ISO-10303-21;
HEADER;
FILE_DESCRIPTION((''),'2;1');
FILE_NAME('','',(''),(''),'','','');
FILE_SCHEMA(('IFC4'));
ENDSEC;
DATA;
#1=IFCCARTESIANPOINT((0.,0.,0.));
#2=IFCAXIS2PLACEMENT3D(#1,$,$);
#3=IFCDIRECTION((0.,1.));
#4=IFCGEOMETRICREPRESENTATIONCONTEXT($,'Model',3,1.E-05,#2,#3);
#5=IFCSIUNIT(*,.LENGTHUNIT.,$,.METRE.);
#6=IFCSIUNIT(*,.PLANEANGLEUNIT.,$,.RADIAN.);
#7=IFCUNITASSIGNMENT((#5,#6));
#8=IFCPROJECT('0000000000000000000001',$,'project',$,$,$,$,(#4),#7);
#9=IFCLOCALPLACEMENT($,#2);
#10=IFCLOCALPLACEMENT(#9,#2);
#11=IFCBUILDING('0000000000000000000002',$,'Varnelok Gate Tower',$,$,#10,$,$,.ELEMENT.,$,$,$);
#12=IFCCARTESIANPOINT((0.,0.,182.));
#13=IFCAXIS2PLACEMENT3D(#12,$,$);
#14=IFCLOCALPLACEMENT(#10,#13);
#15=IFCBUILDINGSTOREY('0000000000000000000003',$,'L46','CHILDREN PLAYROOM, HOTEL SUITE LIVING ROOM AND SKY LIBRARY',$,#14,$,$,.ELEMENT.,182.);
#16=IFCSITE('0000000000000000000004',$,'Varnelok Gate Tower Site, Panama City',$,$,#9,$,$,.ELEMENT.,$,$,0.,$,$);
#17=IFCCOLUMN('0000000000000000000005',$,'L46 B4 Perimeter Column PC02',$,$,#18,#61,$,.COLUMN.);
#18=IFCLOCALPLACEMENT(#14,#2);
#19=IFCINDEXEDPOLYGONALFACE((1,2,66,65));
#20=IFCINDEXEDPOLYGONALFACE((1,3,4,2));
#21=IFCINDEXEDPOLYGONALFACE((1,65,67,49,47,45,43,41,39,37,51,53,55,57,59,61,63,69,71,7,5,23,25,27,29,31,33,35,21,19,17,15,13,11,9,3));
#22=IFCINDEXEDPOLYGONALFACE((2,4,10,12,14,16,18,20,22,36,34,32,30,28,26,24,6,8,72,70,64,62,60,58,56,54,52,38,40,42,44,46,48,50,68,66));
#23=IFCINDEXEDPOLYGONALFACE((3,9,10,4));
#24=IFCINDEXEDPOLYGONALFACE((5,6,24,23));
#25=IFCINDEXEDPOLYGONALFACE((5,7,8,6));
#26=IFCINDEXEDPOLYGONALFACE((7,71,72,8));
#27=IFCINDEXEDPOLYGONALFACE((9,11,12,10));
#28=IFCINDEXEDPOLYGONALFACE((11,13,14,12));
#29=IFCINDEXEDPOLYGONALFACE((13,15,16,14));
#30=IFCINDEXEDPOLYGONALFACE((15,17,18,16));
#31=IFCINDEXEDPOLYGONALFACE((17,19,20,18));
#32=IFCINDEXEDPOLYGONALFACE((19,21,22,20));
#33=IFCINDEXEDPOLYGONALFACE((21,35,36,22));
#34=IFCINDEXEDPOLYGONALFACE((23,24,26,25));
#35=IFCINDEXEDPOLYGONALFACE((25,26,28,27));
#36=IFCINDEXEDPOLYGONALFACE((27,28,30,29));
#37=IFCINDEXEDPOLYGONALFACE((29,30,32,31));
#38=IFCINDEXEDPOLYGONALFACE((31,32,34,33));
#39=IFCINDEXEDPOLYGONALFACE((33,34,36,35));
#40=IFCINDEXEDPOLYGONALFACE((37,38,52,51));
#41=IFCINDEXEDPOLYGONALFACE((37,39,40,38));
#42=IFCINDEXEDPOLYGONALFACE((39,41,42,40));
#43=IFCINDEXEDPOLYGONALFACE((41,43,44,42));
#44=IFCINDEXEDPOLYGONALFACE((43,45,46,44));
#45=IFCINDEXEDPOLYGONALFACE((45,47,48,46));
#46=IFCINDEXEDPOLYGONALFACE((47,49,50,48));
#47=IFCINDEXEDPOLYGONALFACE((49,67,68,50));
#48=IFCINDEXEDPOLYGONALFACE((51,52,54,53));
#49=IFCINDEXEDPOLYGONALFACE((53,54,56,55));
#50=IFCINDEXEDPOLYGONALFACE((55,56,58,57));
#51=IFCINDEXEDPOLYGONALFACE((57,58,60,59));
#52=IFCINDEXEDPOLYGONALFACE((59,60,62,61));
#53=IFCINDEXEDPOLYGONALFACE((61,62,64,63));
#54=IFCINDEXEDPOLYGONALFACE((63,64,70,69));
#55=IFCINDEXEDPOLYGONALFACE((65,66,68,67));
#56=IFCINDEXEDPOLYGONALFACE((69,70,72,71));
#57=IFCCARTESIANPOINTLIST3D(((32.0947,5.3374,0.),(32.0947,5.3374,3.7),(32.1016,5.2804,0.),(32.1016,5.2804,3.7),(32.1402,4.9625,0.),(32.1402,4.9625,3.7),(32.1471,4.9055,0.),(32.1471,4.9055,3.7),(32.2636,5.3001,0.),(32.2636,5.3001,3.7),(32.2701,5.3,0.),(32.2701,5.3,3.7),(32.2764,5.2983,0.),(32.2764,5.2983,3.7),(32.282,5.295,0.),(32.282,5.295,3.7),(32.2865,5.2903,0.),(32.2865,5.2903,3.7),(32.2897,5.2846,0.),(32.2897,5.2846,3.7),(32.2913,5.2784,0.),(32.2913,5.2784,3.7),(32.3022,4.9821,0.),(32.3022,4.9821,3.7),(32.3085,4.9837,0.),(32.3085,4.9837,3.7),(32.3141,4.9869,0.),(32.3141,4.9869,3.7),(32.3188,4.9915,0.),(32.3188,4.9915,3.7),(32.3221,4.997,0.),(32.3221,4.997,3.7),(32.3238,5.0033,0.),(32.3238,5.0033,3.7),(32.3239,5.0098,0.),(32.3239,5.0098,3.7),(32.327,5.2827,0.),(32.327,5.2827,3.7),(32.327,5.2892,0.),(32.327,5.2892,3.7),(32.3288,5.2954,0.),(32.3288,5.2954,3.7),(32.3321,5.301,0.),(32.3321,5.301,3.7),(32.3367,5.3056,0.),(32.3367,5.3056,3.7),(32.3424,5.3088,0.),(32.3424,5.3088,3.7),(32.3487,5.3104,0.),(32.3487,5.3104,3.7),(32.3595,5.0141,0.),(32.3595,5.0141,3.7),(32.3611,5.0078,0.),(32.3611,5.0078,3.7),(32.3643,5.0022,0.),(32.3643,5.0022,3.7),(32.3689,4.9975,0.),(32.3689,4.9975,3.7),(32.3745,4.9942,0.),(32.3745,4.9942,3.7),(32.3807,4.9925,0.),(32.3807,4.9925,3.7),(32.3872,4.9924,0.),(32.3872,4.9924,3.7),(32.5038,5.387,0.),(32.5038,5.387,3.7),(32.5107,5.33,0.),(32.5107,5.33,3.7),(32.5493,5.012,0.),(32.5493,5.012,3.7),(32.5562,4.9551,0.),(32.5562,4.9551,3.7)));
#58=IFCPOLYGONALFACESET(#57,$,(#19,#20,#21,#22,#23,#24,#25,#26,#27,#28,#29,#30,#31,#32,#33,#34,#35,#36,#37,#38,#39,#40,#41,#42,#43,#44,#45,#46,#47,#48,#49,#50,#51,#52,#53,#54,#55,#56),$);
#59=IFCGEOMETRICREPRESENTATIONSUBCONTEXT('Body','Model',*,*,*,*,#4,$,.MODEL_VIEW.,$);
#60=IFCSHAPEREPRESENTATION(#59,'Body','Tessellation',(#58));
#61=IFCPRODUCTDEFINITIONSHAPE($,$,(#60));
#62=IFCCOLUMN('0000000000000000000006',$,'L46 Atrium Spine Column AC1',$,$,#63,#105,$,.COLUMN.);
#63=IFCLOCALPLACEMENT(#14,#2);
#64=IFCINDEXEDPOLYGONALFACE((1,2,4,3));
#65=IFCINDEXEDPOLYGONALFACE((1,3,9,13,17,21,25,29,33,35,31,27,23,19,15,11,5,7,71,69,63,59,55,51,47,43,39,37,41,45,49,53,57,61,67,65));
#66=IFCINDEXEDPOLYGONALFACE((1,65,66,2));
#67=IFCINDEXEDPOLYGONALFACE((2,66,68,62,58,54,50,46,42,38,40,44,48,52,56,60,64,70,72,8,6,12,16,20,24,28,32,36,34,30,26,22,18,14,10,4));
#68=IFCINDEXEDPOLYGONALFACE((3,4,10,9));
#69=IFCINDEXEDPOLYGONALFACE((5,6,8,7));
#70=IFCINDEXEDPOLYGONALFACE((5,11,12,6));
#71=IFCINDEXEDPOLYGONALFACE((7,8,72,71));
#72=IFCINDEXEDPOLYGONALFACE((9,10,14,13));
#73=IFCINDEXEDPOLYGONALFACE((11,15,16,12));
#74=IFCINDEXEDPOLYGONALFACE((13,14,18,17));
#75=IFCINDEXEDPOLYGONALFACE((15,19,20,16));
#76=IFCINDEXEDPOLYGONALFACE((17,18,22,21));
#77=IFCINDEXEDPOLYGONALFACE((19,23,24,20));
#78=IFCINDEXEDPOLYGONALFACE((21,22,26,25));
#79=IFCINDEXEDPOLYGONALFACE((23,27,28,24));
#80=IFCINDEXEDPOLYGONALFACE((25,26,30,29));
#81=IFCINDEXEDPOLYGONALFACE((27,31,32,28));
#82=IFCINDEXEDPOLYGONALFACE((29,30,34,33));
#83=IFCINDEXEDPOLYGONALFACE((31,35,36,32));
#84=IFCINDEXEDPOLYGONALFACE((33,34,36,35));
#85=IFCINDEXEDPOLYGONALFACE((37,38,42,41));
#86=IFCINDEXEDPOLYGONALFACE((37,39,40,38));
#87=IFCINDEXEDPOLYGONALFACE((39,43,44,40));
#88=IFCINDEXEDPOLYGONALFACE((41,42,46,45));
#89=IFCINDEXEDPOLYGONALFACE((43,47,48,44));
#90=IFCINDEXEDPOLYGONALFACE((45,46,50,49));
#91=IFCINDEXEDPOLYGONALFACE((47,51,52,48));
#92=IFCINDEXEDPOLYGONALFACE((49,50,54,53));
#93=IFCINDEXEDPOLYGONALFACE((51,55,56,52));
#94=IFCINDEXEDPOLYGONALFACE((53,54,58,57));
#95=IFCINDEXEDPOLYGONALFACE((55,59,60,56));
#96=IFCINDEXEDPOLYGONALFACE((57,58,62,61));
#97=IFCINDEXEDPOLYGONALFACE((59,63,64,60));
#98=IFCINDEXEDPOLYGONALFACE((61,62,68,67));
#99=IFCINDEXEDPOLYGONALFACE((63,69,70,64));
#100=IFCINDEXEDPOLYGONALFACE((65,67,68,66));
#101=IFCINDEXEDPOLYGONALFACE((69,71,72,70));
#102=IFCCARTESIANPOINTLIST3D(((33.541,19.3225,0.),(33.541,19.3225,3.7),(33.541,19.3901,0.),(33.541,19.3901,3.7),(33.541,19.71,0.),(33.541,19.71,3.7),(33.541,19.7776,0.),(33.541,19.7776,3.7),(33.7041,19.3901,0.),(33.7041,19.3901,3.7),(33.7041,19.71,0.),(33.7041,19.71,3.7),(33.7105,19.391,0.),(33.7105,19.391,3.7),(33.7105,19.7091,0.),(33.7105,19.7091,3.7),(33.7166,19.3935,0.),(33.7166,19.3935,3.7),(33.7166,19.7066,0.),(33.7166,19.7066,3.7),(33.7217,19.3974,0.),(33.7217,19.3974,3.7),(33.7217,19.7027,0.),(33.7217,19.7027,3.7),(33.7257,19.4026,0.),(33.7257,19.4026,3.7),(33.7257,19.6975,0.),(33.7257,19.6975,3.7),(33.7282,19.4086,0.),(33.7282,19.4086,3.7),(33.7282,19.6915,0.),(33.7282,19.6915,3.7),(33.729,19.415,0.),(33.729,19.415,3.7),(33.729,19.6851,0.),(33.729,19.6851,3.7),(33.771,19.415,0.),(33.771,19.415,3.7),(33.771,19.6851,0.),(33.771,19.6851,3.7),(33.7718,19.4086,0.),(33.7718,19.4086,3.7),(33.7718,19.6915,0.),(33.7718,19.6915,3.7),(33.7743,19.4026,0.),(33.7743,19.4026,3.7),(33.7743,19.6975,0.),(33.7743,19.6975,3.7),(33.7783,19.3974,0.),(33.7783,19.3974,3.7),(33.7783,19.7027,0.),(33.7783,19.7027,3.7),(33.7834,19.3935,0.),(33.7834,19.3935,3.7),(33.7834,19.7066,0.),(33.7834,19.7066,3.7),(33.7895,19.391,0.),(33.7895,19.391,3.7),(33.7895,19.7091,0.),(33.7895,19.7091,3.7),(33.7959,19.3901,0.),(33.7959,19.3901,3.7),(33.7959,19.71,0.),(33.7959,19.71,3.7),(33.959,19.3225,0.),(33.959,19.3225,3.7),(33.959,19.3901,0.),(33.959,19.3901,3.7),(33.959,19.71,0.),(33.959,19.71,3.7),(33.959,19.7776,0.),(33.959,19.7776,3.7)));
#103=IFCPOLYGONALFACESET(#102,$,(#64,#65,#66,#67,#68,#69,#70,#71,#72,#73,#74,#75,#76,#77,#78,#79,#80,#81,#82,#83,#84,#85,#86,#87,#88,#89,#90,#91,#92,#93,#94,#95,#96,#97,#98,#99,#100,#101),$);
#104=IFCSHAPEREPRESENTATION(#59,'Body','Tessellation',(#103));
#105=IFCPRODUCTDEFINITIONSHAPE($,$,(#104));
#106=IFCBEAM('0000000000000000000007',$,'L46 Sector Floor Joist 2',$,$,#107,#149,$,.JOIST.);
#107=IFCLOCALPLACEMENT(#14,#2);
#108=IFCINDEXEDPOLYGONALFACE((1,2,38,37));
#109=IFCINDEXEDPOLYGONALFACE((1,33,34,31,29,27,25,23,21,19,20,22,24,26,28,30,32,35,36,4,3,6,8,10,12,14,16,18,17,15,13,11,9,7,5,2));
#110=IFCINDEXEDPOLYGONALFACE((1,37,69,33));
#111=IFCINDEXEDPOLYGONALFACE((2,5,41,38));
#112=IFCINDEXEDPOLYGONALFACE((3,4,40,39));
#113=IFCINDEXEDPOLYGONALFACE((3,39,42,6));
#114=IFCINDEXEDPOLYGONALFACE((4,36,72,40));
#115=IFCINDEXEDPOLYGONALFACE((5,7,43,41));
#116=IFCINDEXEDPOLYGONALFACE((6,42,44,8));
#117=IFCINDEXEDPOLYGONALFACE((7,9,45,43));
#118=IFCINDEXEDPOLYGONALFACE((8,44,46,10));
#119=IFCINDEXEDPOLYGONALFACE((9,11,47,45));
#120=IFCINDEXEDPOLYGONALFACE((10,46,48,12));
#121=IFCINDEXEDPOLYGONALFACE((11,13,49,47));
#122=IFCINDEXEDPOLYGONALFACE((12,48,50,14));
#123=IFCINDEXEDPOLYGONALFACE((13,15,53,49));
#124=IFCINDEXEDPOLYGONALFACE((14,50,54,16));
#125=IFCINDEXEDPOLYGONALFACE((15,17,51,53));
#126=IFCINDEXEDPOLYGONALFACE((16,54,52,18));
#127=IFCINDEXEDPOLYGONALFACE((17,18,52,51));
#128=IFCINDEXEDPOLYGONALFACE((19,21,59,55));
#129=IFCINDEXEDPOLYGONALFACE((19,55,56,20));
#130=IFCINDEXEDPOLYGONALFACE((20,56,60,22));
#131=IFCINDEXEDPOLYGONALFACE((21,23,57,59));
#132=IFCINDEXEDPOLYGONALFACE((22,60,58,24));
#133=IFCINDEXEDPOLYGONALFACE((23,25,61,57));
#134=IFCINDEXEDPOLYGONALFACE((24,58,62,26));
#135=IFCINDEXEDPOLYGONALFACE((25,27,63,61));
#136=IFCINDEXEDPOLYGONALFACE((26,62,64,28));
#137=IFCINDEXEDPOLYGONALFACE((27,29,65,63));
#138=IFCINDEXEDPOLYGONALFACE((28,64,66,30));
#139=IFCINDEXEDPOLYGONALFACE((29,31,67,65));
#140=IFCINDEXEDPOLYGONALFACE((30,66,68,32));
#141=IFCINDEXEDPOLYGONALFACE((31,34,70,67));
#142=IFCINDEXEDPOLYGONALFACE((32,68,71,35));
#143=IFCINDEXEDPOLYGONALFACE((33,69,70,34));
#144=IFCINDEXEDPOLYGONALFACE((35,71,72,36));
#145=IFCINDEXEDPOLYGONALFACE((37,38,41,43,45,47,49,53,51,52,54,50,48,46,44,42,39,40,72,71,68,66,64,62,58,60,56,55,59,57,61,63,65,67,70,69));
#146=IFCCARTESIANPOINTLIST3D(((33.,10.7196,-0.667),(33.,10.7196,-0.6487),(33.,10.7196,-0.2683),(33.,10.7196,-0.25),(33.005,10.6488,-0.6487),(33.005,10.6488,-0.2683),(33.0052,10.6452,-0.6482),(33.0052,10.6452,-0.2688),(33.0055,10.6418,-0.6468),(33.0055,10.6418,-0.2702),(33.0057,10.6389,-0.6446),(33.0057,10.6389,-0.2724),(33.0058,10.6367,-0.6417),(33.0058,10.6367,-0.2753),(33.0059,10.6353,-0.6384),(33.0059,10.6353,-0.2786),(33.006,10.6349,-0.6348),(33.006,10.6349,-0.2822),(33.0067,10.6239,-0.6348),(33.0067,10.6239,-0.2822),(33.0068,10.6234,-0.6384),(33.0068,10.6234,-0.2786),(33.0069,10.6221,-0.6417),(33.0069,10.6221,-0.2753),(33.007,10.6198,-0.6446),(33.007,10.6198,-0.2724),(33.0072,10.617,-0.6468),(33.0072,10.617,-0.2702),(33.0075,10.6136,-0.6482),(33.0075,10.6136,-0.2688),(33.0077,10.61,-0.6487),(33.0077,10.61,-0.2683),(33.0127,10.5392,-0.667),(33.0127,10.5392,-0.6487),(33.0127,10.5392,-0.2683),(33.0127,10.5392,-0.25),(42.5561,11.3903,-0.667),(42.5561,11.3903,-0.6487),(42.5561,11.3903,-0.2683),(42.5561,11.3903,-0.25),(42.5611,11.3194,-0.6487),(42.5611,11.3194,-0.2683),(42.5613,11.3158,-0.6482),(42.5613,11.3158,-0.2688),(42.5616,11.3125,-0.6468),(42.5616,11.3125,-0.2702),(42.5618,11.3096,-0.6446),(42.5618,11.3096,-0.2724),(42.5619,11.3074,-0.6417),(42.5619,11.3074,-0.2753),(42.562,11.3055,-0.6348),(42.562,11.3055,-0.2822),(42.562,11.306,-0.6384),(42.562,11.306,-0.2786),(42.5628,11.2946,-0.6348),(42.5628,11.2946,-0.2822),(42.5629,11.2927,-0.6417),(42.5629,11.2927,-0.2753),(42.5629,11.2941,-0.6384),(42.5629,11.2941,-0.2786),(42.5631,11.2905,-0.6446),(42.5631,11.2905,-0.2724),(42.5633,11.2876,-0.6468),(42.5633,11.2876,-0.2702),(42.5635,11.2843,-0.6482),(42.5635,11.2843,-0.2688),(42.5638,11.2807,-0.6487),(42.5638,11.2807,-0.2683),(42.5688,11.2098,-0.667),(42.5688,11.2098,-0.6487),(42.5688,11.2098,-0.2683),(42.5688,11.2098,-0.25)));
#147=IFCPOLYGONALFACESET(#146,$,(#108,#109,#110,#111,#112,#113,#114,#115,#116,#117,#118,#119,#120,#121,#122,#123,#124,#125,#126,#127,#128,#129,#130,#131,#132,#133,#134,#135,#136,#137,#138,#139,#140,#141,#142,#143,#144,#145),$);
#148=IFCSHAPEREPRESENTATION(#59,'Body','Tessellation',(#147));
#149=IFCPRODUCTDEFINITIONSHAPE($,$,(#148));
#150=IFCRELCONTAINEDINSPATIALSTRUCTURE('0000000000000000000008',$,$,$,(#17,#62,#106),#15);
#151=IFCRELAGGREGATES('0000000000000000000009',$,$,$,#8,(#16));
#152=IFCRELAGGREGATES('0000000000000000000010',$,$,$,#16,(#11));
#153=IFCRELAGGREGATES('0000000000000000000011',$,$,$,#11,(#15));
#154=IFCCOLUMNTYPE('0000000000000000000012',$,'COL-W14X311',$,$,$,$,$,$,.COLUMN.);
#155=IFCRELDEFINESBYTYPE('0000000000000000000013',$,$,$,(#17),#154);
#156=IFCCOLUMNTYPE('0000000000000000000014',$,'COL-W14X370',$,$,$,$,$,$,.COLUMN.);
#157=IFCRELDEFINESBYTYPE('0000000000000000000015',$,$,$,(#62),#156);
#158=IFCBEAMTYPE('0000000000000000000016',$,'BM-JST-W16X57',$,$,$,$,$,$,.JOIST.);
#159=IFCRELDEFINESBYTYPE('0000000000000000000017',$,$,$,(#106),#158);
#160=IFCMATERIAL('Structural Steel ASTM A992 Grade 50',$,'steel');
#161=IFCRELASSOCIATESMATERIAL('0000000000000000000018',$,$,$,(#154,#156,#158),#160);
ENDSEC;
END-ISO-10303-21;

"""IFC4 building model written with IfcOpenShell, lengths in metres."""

from ifc_helpers import new_model, si_unit, direction, frame, origin, origin_2d, place, context, subcontext, project, spatial, i_section, extrude, material, material_profile, profile_set, type_object, element, save


model = new_model("IFC4")

# Units and contexts
model_context = context("Model", 3, precision=1e-05, world=origin(), true_north=direction((0.0, 1.0)))
body_context = subcontext(model_context, "Body", "Model", "MODEL_VIEW")
ifc_project = project(units=[si_unit("LENGTHUNIT", "METRE"), si_unit("PLANEANGLEUNIT", "RADIAN")], contexts=[model_context])

# Site, building, storey
site_placement = place(None, origin())
site = spatial("IfcSite", under=ifc_project, at=site_placement, Name="Varnelok Gate Tower Site, Panama City", CompositionType="ELEMENT", RefElevation=0.0)
building_placement = place(site_placement, origin())
building = spatial("IfcBuilding", under=site, at=building_placement, Name="Varnelok Gate Tower", CompositionType="ELEMENT")
storey_placement = place(building_placement, frame((0.0, 0.0, 182.0)))
storey = spatial("IfcBuildingStorey", under=building, at=storey_placement, Name="L46", Description="CHILDREN PLAYROOM, HOTEL SUITE LIVING ROOM AND SKY LIBRARY", CompositionType="ELEMENT", Elevation=182.0)

# Columns
ifc_material_1 = material(Name="Structural Steel ASTM A992 Grade 50", Category="steel")
ifc_material_profile_1 = material_profile(ifc_material_1, i_section(OverallWidth=0.4121, OverallDepth=0.4351, WebThickness=0.0359, FlangeThickness=0.0574, FilletRadius=0.0249, at=origin_2d()), Name="W14X311")
ifc_profile_set_1 = profile_set([ifc_material_profile_1], Name="Structural Steel ASTM A992 Grade 50")
column_type_1 = type_object("IfcColumnType", Name="COL-W14X311", PredefinedType="COLUMN", material=ifc_profile_set_1)
column_1_placement = place(storey_placement, frame((32.3254, 5.1462, 0.0), z_axis=(0.0, 0.0, 1.0), x_axis=(0.992732, 0.120345, 0.0)))
element("IfcColumn", 1, at=column_1_placement, inside=storey, type_object=column_type_1, Name="L46 B4 Perimeter Column PC02", PredefinedType="COLUMN", context=body_context, shape_type="SweptSolid", body=[
    extrude(i_section(OverallWidth=0.4121, OverallDepth=0.4351, WebThickness=0.0359, FlangeThickness=0.0574, FilletRadius=0.0249, at=origin_2d()), origin(), (0.0, 0.0, 1.0), 3.7),
])
ifc_material_profile_2 = material_profile(ifc_material_1, i_section(OverallWidth=0.418, OverallDepth=0.4551, WebThickness=0.042, FlangeThickness=0.0676, FilletRadius=0.0249, at=origin_2d()), Name="W14X370")
ifc_profile_set_2 = profile_set([ifc_material_profile_2], Name="Structural Steel ASTM A992 Grade 50")
column_type_2 = type_object("IfcColumnType", Name="COL-W14X370", PredefinedType="COLUMN", material=ifc_profile_set_2)
column_2_placement = place(storey_placement, frame((33.75, 19.55, 0.0), z_axis=(0.0, 0.0, 1.0), x_axis=(1.0, 0.0, 0.0)))
element("IfcColumn", 2, at=column_2_placement, inside=storey, type_object=column_type_2, Name="L46 Atrium Spine Column AC1", PredefinedType="COLUMN", context=body_context, shape_type="SweptSolid", body=[
    extrude(i_section(OverallWidth=0.418, OverallDepth=0.4551, WebThickness=0.042, FlangeThickness=0.0676, FilletRadius=0.0249, at=origin_2d()), origin(), (0.0, 0.0, 1.0), 3.7),
])

# Beam
ifc_material_profile_3 = material_profile(ifc_material_1, i_section(OverallWidth=0.1809, OverallDepth=0.417, WebThickness=0.011, FlangeThickness=0.0183, FilletRadius=0.0139, at=origin_2d()), Name="W16X57")
ifc_profile_set_3 = profile_set([ifc_material_profile_3], Name="Structural Steel ASTM A992 Grade 50")
beam_type_1 = type_object("IfcBeamType", Name="BM-JST-W16X57", PredefinedType="JOIST", material=ifc_profile_set_3)
beam_1_placement = place(storey_placement, frame((33.0063, 10.6294, -0.4585), z_axis=(0.997546, 0.070008, 0.0), x_axis=(-0.070008, 0.997546, 0.0)))
element("IfcBeam", 3, at=beam_1_placement, inside=storey, type_object=beam_type_1, Name="L46 Sector Floor Joist 2", PredefinedType="JOIST", context=body_context, shape_type="SweptSolid", body=[
    extrude(i_section(OverallWidth=0.1809, OverallDepth=0.417, WebThickness=0.011, FlangeThickness=0.0183, FilletRadius=0.0139, at=origin_2d()), origin(), (0.0, 0.0, 1.0), 9.5796),
])

save(model, "model.ifc")
